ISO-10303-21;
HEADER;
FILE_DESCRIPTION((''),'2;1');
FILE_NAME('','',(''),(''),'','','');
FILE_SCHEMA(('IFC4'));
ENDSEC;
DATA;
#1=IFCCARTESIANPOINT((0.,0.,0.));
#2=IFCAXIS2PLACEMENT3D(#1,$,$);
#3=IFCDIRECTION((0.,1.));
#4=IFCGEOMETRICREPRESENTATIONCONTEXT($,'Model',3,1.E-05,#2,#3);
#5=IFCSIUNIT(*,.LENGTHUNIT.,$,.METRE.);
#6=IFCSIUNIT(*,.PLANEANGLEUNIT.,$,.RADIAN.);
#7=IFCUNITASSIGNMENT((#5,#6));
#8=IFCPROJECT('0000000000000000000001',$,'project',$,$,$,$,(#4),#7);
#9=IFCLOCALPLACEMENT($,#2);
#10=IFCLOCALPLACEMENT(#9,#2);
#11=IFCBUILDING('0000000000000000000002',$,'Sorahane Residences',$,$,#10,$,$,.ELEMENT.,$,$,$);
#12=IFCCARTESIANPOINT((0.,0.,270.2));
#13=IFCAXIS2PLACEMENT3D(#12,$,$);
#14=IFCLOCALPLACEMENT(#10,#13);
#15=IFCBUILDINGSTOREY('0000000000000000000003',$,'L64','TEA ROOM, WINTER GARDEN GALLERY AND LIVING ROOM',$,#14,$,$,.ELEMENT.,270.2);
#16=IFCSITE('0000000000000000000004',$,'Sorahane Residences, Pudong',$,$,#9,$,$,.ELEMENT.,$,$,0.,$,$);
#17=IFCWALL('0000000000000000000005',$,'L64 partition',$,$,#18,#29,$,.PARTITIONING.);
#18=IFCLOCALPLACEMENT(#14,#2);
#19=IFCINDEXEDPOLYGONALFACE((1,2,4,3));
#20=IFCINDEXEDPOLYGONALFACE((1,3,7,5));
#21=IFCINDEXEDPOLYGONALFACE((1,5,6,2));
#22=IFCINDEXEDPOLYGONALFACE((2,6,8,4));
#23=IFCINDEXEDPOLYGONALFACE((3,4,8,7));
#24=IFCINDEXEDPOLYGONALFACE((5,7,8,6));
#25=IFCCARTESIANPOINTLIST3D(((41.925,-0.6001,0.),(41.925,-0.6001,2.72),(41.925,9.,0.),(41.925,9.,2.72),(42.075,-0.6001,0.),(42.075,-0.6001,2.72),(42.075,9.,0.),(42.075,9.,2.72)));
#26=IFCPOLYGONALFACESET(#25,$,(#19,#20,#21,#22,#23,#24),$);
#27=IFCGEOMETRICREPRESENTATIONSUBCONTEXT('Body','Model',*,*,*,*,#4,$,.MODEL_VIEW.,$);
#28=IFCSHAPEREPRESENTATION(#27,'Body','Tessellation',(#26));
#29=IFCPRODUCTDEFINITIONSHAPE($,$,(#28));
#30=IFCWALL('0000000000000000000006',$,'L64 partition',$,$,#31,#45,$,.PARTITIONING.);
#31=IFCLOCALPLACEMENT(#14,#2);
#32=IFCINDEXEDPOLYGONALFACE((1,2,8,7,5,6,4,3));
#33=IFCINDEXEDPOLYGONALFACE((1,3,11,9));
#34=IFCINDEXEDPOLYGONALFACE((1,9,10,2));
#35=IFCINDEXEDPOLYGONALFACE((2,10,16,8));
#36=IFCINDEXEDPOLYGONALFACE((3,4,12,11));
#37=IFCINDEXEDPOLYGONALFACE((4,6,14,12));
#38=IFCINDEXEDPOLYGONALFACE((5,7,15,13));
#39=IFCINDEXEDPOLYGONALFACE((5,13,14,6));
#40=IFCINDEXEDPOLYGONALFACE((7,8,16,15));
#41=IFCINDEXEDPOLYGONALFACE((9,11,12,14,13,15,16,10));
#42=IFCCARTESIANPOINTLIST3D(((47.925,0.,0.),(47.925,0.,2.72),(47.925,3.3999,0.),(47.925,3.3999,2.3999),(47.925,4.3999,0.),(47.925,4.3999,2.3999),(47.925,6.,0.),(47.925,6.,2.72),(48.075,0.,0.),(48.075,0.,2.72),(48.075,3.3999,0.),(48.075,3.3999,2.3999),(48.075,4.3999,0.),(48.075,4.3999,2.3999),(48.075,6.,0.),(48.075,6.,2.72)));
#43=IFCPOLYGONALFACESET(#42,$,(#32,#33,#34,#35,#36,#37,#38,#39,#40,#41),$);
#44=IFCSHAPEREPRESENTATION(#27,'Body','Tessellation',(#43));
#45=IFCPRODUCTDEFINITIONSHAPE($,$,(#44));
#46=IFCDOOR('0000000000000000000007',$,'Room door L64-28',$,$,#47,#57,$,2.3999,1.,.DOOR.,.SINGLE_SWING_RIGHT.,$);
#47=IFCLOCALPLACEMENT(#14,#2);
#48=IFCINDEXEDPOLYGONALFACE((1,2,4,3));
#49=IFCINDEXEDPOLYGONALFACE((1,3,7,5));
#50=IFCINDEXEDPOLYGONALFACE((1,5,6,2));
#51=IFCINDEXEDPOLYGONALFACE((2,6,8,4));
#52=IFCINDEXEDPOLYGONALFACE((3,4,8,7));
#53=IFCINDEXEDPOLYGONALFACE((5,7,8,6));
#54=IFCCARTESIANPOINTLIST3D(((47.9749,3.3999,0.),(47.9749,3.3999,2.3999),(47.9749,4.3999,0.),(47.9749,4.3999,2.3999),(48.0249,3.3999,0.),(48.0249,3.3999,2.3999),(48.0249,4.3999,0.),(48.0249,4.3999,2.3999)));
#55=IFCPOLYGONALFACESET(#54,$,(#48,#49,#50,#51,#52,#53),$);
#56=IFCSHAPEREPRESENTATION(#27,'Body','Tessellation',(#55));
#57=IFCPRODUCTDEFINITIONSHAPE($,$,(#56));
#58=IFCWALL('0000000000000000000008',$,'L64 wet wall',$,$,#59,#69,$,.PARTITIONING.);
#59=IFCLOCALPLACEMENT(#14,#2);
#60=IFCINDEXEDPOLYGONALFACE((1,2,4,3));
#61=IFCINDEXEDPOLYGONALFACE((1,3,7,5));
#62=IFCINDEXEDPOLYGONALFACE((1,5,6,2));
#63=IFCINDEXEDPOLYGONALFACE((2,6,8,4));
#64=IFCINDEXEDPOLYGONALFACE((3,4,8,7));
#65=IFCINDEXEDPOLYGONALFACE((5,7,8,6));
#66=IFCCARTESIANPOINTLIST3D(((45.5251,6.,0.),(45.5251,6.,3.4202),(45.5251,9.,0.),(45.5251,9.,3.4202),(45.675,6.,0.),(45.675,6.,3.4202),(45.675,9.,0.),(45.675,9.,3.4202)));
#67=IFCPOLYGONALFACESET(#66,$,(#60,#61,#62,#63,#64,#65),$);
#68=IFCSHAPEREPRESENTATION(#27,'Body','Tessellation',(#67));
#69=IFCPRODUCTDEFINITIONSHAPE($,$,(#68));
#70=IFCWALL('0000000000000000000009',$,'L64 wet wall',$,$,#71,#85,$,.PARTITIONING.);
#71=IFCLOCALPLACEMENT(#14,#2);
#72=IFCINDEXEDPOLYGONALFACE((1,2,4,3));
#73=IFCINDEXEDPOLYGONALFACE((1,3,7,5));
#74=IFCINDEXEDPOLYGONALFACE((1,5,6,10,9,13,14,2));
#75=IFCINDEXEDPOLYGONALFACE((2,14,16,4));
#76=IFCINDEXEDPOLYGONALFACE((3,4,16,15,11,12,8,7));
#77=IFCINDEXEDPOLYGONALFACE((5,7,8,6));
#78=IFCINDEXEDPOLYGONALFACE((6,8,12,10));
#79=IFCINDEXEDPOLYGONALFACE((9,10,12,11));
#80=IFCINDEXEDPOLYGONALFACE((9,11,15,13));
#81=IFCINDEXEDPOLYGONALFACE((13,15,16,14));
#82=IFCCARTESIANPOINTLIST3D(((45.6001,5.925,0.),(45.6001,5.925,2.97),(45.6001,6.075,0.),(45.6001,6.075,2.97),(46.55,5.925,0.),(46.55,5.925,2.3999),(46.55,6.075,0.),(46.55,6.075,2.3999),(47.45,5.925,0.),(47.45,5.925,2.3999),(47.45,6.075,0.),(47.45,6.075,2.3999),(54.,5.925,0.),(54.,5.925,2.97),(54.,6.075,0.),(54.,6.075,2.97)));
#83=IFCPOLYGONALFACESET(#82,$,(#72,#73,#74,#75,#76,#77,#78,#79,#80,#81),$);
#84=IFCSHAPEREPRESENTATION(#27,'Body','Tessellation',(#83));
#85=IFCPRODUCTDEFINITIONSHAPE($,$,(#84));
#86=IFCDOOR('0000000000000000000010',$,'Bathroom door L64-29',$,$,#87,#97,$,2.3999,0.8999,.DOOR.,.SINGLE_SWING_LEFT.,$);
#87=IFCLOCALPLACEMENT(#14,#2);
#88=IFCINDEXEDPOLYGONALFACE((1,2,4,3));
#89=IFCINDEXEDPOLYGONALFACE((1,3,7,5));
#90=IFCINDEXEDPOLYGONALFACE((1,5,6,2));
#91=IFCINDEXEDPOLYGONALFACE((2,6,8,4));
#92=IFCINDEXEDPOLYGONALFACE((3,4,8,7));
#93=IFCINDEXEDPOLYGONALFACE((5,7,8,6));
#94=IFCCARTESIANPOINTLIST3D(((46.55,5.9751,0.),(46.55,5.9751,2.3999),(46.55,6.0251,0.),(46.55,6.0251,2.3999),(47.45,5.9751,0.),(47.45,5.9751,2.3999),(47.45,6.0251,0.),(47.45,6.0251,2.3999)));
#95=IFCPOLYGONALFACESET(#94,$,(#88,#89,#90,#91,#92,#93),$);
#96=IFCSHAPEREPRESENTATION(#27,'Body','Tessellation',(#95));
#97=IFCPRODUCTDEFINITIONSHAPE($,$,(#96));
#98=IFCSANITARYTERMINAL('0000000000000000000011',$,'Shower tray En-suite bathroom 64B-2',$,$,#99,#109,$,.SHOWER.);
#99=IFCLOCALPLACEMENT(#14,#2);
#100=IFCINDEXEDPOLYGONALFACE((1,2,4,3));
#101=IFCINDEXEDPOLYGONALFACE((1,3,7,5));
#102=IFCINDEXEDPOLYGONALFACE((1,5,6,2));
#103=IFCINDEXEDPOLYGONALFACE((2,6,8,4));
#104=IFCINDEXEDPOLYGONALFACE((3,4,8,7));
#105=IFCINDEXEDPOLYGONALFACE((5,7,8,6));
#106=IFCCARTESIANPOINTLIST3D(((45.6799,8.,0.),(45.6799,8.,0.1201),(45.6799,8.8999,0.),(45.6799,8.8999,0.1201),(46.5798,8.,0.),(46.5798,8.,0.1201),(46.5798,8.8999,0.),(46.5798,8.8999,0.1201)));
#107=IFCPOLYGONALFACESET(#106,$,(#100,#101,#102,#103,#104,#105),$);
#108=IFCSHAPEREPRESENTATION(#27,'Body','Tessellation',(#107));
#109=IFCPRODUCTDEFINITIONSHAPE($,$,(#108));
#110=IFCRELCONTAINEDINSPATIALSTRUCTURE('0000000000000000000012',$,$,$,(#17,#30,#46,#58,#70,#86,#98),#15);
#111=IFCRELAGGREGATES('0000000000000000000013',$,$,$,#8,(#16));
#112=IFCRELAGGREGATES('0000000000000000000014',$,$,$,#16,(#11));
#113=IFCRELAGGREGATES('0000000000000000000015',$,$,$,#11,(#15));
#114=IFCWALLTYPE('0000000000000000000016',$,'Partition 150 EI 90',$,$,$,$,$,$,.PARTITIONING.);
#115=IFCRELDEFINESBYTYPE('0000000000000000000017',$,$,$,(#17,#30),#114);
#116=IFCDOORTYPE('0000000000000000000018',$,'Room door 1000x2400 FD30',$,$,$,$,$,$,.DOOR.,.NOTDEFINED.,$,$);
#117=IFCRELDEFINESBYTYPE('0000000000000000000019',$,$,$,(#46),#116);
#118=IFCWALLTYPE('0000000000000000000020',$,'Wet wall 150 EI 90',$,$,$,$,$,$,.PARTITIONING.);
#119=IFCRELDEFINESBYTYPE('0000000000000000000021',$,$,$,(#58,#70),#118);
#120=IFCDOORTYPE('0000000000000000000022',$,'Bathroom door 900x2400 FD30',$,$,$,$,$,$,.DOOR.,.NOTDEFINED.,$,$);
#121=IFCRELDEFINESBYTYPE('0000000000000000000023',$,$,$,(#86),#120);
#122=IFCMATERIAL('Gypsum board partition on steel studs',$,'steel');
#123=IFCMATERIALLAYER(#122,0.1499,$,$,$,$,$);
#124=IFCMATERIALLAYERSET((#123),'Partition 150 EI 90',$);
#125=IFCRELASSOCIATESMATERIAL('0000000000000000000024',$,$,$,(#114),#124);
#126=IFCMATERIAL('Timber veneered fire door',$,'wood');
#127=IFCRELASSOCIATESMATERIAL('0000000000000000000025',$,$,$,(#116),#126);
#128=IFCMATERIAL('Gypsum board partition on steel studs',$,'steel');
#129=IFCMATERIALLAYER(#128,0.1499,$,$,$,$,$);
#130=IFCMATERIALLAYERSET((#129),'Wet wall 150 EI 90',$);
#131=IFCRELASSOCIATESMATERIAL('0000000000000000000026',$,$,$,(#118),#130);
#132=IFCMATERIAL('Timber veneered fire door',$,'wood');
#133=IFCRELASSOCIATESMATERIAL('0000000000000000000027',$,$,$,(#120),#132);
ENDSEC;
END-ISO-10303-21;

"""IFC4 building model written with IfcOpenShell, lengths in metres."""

from ifc_helpers import new_model, si_unit, direction, frame, frame_2d, origin, origin_2d, place, context, subcontext, project, spatial, rectangle, extrude, material, layer, layer_set, type_object, element, fill, save


model = new_model("IFC4")

# Units and contexts
model_context = context("Model", 3, precision=1e-05, world=origin(), true_north=direction((0.0, 1.0)))
body_context = subcontext(model_context, "Body", "Model", "MODEL_VIEW")
ifc_project = project(units=[si_unit("LENGTHUNIT", "METRE"), si_unit("PLANEANGLEUNIT", "RADIAN")], contexts=[model_context])

# Site, building, storey
site_placement = place(None, origin())
site = spatial("IfcSite", under=ifc_project, at=site_placement, Name="Sorahane Residences, Pudong", CompositionType="ELEMENT", RefElevation=0.0)
building_placement = place(site_placement, origin())
building = spatial("IfcBuilding", under=site, at=building_placement, Name="Sorahane Residences", CompositionType="ELEMENT")
storey_placement = place(building_placement, frame((0.0, 0.0, 270.2)))
storey = spatial("IfcBuildingStorey", under=building, at=storey_placement, Name="L64", Description="TEA ROOM, WINTER GARDEN GALLERY AND LIVING ROOM", CompositionType="ELEMENT", Elevation=270.2)

# Wall
ifc_material_1 = material(Name="Gypsum board partition on steel studs", Category="steel")
ifc_layer_1 = layer(ifc_material_1, 0.1499)
ifc_layer_set_1 = layer_set([ifc_layer_1], Name="Partition 150 EI 90")
wall_type_1 = type_object("IfcWallType", Name="Partition 150 EI 90", PredefinedType="PARTITIONING", material=ifc_layer_set_1)
wall_1_placement = place(storey_placement, frame((42.0, -0.6001, 0.0), z_axis=(0.0, 0.0, 1.0), x_axis=(0.0, 1.0, 0.0)))
element("IfcWall", 1, at=wall_1_placement, inside=storey, type_object=wall_type_1, Name="L64 partition", PredefinedType="PARTITIONING", context=body_context, shape_type="SweptSolid", body=[
    extrude(rectangle(XDim=9.6001, YDim=0.1499, at=frame_2d((4.8, 0.0))), origin(), (0.0, 0.0, 1.0), 2.72),
])

# Wall, opening, door
wall_2_placement = place(storey_placement, frame((48.0, 0.0, 0.0), z_axis=(0.0, 0.0, 1.0), x_axis=(0.0, 1.0, 0.0)))
wall_2 = element("IfcWall", 2, at=wall_2_placement, inside=storey, type_object=wall_type_1, Name="L64 partition", PredefinedType="PARTITIONING", context=body_context, shape_type="SweptSolid", body=[
    extrude(rectangle(XDim=6.0, YDim=0.1499, at=frame_2d((3.0, 0.0))), origin(), (0.0, 0.0, 1.0), 2.72),
])
opening_1_placement = place(wall_2_placement, frame((3.3999, 0.0, 0.0)))
opening_1 = element("IfcOpeningElement", 3, at=opening_1_placement, cuts=wall_2, PredefinedType="OPENING", context=body_context, shape_type="SweptSolid", body=[
    extrude(rectangle(XDim=1.0, YDim=2.3999, at=frame_2d((0.5, 1.2))), frame((0.0, 0.085, 0.0), z_axis=(0.0, -1.0, 0.0), x_axis=(1.0, 0.0, 0.0)), (0.0, 0.0, 1.0), 0.1699),
])
ifc_material_2 = material(Name="Timber veneered fire door", Category="wood")
door_type_1 = type_object("IfcDoorType", Name="Room door 1000x2400 FD30", OperationType="NOTDEFINED", PredefinedType="DOOR", material=ifc_material_2)
door_1_placement = place(opening_1_placement, frame((1.0, 0.0, 0.0), z_axis=(0.0, 0.0, 1.0), x_axis=(-1.0, 0.0, 0.0)))
door_1 = element("IfcDoor", 4, at=door_1_placement, inside=storey, type_object=door_type_1, Name="Room door L64-28", OperationType="SINGLE_SWING_RIGHT", OverallHeight=2.3999, OverallWidth=1.0, PredefinedType="DOOR", context=body_context, shape_type="SweptSolid", body=[
    extrude(rectangle(XDim=1.0, YDim=2.3999, at=frame_2d((0.5, 1.2))), frame((0.0, 0.0249, 0.0), z_axis=(0.0, -1.0, 0.0), x_axis=(1.0, 0.0, 0.0)), (0.0, 0.0, 1.0), 0.05),
])
fill(opening_1, door_1)

# Wall
ifc_material_3 = material(Name="Gypsum board partition on steel studs", Category="steel")
ifc_layer_2 = layer(ifc_material_3, 0.1499)
ifc_layer_set_2 = layer_set([ifc_layer_2], Name="Wet wall 150 EI 90")
wall_type_2 = type_object("IfcWallType", Name="Wet wall 150 EI 90", PredefinedType="PARTITIONING", material=ifc_layer_set_2)
wall_3_placement = place(storey_placement, frame((45.6001, 6.0, 0.0), z_axis=(0.0, 0.0, 1.0), x_axis=(0.0, 1.0, 0.0)))
element("IfcWall", 5, at=wall_3_placement, inside=storey, type_object=wall_type_2, Name="L64 wet wall", PredefinedType="PARTITIONING", context=body_context, shape_type="SweptSolid", body=[
    extrude(rectangle(XDim=3.0, YDim=0.1499, at=frame_2d((1.5, 0.0))), origin(), (0.0, 0.0, 1.0), 3.4202),
])

# Wall, opening, door
wall_4_placement = place(storey_placement, frame((45.6001, 6.0, 0.0), z_axis=(0.0, 0.0, 1.0), x_axis=(1.0, 0.0, 0.0)))
wall_4 = element("IfcWall", 6, at=wall_4_placement, inside=storey, type_object=wall_type_2, Name="L64 wet wall", PredefinedType="PARTITIONING", context=body_context, shape_type="SweptSolid", body=[
    extrude(rectangle(XDim=8.3999, YDim=0.1499, at=frame_2d((4.2, 0.0))), origin(), (0.0, 0.0, 1.0), 2.97),
])
opening_2_placement = place(wall_4_placement, frame((0.95, 0.0, 0.0)))
opening_2 = element("IfcOpeningElement", 7, at=opening_2_placement, cuts=wall_4, PredefinedType="OPENING", context=body_context, shape_type="SweptSolid", body=[
    extrude(rectangle(XDim=0.8999, YDim=2.3999, at=frame_2d((0.45, 1.2))), frame((0.0, 0.085, 0.0), z_axis=(0.0, -1.0, 0.0), x_axis=(1.0, 0.0, 0.0)), (0.0, 0.0, 1.0), 0.1699),
])
ifc_material_4 = material(Name="Timber veneered fire door", Category="wood")
door_type_2 = type_object("IfcDoorType", Name="Bathroom door 900x2400 FD30", OperationType="NOTDEFINED", PredefinedType="DOOR", material=ifc_material_4)
door_2_placement = place(opening_2_placement, frame((0.8999, 0.0, 0.0), z_axis=(0.0, 0.0, 1.0), x_axis=(-1.0, 0.0, 0.0)))
door_2 = element("IfcDoor", 8, at=door_2_placement, inside=storey, type_object=door_type_2, Name="Bathroom door L64-29", OperationType="SINGLE_SWING_LEFT", OverallHeight=2.3999, OverallWidth=0.8999, PredefinedType="DOOR", context=body_context, shape_type="SweptSolid", body=[
    extrude(rectangle(XDim=0.8999, YDim=2.3999, at=frame_2d((0.45, 1.2))), frame((0.0, 0.0249, 0.0), z_axis=(0.0, -1.0, 0.0), x_axis=(1.0, 0.0, 0.0)), (0.0, 0.0, 1.0), 0.05),
])
fill(opening_2, door_2)

# Sanitary terminal
sanitary_terminal_placement = place(storey_placement, frame((46.1299, 8.45, 0.0), z_axis=(0.0, 0.0, 1.0), x_axis=(1.0, 0.0, 0.0)))
element("IfcSanitaryTerminal", 9, at=sanitary_terminal_placement, inside=storey, Name="Shower tray En-suite bathroom 64B-2", PredefinedType="SHOWER", context=body_context, shape_type="SweptSolid", body=[
    extrude(rectangle(XDim=0.8999, YDim=0.8999, at=origin_2d()), origin(), (0.0, 0.0, 1.0), 0.1201),
])

save(model, "model.ifc")
